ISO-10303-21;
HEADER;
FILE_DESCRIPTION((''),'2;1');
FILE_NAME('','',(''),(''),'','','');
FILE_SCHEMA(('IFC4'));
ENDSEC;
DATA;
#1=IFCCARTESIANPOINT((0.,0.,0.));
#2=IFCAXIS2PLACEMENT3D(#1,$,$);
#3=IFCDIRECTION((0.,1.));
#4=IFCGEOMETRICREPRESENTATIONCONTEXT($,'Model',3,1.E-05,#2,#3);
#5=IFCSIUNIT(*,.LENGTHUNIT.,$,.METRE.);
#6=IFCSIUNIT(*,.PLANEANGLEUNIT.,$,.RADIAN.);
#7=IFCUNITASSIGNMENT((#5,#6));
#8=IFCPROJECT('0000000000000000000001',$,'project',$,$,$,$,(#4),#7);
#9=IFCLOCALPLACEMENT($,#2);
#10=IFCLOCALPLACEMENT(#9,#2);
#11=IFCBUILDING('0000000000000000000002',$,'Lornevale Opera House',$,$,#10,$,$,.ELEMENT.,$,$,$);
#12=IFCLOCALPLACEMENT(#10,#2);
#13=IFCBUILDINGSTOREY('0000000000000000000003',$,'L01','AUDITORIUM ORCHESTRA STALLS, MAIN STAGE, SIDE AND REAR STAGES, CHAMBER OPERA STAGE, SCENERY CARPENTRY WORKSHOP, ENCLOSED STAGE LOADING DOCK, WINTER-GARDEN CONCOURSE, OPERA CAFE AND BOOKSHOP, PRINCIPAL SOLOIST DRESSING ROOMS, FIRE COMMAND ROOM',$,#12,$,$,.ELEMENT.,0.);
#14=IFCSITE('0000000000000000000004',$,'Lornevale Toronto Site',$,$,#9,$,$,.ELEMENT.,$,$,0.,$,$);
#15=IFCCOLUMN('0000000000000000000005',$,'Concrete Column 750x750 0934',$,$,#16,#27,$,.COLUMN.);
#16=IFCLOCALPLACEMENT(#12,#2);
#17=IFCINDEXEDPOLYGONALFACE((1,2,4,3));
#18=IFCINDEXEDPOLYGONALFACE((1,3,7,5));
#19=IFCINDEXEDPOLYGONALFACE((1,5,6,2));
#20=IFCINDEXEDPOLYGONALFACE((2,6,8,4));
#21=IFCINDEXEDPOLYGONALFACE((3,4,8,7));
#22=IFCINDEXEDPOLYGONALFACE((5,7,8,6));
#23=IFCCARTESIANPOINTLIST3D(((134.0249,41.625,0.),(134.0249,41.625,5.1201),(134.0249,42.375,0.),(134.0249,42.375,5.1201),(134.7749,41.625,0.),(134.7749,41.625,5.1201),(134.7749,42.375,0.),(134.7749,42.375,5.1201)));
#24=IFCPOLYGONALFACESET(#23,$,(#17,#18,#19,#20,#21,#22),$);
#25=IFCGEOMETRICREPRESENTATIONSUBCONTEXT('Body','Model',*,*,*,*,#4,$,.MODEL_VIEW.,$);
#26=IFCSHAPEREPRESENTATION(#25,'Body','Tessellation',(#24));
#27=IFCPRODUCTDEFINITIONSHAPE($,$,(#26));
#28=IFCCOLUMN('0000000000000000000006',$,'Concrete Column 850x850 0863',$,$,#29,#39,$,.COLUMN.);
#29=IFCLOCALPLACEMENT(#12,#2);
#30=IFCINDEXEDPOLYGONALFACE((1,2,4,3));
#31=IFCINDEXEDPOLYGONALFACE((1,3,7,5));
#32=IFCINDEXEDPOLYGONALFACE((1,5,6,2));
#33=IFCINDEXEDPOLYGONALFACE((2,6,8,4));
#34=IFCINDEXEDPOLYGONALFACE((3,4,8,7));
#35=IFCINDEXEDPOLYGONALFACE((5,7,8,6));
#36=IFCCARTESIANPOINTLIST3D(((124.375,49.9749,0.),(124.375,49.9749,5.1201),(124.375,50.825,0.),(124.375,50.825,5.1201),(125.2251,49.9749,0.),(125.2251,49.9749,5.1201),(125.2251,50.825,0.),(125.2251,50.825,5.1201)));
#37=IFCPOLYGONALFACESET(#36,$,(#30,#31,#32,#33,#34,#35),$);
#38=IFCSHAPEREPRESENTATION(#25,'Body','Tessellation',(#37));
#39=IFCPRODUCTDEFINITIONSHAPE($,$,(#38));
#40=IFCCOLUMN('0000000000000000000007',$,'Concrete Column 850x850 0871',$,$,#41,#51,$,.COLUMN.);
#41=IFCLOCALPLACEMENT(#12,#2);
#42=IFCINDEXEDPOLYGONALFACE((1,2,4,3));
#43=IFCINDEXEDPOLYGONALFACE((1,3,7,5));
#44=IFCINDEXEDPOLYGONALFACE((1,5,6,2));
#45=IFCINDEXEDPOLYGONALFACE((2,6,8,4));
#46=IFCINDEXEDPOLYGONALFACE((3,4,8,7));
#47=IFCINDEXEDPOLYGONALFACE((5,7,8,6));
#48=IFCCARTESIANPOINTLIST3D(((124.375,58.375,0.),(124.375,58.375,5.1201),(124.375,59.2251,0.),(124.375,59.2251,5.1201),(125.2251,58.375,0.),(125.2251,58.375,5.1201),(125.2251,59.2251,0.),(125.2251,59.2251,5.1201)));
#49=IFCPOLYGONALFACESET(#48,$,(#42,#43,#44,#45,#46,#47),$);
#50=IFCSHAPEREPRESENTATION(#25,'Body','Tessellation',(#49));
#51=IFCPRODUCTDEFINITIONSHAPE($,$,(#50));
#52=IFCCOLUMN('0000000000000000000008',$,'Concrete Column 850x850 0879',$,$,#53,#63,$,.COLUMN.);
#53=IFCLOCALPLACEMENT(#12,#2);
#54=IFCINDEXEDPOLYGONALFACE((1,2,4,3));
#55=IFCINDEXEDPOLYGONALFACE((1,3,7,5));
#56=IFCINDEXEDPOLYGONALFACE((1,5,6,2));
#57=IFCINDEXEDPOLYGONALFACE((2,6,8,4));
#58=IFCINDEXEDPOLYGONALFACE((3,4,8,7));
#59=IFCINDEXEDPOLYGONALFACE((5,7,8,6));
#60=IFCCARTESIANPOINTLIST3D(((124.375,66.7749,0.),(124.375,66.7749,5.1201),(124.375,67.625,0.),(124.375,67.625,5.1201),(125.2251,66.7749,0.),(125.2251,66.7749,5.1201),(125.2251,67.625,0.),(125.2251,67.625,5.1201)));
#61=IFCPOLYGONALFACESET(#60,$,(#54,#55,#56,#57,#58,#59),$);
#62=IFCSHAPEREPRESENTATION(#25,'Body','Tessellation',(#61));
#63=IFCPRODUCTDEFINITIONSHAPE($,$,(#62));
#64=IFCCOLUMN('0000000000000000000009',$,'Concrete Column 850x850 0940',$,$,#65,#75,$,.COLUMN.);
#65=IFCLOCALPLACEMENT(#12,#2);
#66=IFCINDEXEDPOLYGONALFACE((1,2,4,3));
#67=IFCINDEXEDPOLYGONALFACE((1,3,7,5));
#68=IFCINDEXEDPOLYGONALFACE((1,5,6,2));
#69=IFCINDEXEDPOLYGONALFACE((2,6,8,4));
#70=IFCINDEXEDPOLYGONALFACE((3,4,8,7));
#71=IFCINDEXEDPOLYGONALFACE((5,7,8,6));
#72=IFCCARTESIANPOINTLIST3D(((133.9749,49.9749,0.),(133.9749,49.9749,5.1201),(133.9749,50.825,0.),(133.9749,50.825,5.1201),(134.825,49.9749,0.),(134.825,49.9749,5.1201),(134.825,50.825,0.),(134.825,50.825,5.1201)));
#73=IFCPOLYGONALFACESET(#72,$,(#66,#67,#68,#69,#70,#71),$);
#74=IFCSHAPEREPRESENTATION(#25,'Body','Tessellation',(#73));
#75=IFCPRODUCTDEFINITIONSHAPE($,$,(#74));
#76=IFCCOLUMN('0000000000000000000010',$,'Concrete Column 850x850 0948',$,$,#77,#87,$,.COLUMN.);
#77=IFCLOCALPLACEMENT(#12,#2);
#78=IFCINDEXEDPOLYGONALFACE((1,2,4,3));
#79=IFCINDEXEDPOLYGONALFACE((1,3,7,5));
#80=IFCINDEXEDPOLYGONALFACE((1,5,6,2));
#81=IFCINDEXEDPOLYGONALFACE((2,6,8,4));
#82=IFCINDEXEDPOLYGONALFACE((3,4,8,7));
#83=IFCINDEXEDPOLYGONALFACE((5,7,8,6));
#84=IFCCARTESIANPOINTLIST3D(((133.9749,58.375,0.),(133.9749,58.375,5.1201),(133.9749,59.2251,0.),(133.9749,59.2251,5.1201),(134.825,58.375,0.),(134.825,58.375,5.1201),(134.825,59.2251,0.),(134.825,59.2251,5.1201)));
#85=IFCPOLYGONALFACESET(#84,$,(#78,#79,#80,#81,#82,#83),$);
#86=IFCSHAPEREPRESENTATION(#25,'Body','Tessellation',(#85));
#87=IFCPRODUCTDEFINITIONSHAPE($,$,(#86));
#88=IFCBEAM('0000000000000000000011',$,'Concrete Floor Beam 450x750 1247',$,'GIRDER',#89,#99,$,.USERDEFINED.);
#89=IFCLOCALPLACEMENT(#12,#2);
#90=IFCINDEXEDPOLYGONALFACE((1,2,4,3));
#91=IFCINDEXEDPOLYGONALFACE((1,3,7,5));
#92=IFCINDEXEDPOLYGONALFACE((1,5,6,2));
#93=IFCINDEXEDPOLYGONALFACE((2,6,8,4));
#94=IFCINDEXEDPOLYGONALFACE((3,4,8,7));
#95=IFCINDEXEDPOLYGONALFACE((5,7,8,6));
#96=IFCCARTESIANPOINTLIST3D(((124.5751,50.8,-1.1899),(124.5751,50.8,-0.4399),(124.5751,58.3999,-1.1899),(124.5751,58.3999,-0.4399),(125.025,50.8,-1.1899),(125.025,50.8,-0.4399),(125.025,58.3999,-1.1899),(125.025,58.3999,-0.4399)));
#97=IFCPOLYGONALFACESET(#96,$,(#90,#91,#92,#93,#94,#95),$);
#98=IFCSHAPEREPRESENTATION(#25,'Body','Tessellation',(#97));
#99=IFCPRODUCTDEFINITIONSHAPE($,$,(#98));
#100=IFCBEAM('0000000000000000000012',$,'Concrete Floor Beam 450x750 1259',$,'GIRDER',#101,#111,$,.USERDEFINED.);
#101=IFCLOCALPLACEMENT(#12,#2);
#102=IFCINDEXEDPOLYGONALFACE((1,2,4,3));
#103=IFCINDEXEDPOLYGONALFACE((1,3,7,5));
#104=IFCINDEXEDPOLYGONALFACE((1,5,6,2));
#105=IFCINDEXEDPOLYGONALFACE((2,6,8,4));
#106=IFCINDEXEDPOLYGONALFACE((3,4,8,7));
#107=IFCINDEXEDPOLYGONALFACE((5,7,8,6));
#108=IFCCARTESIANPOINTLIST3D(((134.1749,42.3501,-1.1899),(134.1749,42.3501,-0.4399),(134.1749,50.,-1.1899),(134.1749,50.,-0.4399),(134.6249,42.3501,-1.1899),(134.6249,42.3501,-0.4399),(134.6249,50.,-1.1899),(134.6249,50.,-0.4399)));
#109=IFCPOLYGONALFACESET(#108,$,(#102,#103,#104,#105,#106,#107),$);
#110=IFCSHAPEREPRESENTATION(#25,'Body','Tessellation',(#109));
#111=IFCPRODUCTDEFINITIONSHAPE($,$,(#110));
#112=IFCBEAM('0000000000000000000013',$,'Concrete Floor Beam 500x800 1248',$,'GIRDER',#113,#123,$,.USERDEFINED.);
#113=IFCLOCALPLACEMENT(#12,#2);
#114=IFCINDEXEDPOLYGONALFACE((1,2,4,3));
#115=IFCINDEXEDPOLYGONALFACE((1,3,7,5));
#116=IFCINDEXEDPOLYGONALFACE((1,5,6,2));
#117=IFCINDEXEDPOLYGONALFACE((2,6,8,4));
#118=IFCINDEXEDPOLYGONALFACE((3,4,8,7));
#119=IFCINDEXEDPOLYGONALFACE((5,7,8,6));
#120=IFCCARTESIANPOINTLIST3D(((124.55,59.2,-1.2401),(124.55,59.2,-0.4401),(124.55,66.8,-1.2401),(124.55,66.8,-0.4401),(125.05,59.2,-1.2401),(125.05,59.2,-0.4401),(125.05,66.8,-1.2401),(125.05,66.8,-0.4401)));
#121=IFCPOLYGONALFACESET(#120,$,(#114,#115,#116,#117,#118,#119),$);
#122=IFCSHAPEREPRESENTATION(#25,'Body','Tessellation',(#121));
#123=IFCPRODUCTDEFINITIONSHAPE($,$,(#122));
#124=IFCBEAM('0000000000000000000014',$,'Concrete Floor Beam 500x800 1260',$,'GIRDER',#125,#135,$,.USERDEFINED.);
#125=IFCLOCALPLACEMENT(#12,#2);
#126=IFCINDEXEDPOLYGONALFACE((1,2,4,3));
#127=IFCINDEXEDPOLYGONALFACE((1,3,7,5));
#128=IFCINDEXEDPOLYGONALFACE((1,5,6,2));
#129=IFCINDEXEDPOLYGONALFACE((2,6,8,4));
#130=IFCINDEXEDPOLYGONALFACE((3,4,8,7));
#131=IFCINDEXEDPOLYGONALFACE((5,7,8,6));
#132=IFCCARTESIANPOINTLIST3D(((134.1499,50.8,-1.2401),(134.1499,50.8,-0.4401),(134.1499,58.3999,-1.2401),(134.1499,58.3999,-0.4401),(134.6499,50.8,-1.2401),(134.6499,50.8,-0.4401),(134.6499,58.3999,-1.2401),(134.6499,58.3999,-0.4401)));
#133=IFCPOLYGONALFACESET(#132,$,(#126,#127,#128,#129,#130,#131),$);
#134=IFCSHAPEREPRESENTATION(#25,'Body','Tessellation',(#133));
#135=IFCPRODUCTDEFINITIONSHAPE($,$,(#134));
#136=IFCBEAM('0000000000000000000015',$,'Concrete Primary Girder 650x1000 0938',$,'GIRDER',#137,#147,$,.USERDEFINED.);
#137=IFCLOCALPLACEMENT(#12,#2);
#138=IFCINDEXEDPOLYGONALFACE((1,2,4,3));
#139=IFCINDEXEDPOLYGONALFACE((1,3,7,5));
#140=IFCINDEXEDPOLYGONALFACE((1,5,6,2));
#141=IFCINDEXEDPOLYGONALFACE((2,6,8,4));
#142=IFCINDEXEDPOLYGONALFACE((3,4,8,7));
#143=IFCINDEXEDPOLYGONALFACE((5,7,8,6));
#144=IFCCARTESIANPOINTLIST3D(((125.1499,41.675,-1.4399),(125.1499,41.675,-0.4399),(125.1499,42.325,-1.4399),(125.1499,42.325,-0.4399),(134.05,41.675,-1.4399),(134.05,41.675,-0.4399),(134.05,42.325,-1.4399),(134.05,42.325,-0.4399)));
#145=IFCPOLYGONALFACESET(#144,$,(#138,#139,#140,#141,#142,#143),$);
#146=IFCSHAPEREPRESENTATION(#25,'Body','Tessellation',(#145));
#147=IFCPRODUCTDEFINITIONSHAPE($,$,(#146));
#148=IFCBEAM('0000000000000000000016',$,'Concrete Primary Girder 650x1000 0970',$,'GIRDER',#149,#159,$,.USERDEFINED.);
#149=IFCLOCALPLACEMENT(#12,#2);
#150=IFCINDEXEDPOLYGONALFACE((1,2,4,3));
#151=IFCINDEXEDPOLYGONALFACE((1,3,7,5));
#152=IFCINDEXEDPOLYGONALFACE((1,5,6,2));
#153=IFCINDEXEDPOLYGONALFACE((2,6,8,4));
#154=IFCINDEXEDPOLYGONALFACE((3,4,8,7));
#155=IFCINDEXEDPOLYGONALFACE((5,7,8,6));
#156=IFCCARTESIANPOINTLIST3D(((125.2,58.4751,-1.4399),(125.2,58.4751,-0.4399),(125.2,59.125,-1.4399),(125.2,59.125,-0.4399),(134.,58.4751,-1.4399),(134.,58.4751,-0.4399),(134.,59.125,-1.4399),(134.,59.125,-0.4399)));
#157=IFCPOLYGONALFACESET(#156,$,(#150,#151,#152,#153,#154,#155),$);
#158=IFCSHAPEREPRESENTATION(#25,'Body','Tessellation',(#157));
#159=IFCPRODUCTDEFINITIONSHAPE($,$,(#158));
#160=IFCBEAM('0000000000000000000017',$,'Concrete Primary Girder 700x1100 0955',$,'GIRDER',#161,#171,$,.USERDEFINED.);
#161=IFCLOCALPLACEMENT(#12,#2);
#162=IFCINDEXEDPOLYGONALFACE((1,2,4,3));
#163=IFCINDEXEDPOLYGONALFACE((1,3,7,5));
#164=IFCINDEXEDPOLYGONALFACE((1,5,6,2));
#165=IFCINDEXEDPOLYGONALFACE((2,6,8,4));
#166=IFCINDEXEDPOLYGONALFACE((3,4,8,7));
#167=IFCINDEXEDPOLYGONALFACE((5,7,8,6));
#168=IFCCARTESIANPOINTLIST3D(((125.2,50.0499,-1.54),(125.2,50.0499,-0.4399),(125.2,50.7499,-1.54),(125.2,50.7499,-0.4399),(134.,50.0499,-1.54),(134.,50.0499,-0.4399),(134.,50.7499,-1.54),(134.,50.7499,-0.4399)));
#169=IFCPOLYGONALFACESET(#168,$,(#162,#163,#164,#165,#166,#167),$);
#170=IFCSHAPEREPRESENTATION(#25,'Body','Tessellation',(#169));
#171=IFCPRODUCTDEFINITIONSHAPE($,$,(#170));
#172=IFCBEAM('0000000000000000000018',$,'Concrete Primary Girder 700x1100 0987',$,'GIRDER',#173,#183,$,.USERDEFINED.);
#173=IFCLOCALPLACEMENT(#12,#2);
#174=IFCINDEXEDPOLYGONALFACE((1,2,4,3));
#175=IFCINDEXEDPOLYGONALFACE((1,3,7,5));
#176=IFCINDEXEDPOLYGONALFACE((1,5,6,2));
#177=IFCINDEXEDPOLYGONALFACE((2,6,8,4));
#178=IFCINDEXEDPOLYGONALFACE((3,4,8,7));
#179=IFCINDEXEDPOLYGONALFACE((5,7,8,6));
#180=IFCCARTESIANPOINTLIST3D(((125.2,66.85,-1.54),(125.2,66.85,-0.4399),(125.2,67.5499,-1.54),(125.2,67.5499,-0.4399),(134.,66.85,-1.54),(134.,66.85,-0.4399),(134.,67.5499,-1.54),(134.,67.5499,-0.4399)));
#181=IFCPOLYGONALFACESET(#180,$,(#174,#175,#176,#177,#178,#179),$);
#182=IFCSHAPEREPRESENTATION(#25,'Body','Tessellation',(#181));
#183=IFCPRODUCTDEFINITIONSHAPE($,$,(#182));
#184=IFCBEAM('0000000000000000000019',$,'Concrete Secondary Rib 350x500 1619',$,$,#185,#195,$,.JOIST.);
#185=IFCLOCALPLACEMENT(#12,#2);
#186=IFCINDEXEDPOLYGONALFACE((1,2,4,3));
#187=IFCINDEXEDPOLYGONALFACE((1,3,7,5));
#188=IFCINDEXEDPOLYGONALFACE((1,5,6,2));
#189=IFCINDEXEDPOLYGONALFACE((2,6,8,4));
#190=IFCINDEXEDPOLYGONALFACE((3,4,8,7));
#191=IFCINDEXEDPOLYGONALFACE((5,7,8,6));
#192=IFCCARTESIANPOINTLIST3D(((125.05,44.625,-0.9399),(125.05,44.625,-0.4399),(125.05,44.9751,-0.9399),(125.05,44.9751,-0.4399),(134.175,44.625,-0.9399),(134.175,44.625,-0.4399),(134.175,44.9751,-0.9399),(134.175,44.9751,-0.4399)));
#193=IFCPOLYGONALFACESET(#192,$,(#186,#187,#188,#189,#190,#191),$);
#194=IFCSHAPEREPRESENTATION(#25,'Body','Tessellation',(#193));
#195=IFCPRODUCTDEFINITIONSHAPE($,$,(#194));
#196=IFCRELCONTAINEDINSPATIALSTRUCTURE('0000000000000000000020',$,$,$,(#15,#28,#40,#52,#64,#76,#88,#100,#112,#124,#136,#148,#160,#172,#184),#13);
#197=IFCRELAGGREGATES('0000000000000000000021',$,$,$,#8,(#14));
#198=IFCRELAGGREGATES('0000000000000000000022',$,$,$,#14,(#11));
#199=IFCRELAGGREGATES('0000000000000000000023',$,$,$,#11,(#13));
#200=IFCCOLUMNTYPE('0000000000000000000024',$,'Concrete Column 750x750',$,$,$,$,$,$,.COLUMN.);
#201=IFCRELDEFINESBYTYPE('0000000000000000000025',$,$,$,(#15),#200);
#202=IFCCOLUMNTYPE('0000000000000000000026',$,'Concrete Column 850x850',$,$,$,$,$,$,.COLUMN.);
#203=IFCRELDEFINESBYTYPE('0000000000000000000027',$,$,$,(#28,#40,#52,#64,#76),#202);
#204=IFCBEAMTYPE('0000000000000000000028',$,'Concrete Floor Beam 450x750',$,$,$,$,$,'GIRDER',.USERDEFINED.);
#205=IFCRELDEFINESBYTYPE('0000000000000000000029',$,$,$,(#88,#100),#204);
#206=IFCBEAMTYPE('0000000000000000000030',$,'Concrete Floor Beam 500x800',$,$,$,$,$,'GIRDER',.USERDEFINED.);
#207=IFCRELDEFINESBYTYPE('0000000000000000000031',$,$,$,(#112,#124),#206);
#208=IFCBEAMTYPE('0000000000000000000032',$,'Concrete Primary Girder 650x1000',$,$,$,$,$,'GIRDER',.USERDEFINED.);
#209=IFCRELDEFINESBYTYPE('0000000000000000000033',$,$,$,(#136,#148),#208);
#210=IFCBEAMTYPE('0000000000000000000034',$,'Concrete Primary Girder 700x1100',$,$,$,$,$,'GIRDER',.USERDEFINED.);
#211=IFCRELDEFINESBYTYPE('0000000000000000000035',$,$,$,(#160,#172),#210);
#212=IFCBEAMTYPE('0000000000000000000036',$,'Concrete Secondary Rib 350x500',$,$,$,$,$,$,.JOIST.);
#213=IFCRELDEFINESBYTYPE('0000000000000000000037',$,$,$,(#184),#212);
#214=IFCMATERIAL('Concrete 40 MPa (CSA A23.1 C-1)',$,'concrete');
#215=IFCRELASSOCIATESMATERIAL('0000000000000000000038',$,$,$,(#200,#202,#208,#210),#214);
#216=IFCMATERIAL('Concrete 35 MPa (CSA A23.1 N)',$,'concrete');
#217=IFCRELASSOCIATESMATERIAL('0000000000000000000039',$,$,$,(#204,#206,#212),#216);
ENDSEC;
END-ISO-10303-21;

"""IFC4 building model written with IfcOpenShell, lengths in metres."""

from ifc_helpers import new_model, si_unit, direction, frame, origin, origin_2d, place, context, subcontext, project, spatial, rectangle, extrude, material, material_profile, profile_set, type_object, element, save


model = new_model("IFC4")

# Units and contexts
model_context = context("Model", 3, precision=1e-05, world=origin(), true_north=direction((0.0, 1.0)))
body_context = subcontext(model_context, "Body", "Model", "MODEL_VIEW")
ifc_project = project(units=[si_unit("LENGTHUNIT", "METRE"), si_unit("PLANEANGLEUNIT", "RADIAN")], contexts=[model_context])

# Site, building, storey
site_placement = place(None, origin())
site = spatial("IfcSite", under=ifc_project, at=site_placement, Name="Lornevale Toronto Site", CompositionType="ELEMENT", RefElevation=0.0)
building_placement = place(site_placement, origin())
building = spatial("IfcBuilding", under=site, at=building_placement, Name="Lornevale Opera House", CompositionType="ELEMENT")
storey_placement = place(building_placement, origin())
storey = spatial("IfcBuildingStorey", under=building, at=storey_placement, Name="L01", Description="AUDITORIUM ORCHESTRA STALLS, MAIN STAGE, SIDE AND REAR STAGES, CHAMBER OPERA STAGE, SCENERY CARPENTRY WORKSHOP, ENCLOSED STAGE LOADING DOCK, WINTER-GARDEN CONCOURSE, OPERA CAFE AND BOOKSHOP, PRINCIPAL SOLOIST DRESSING ROOMS, FIRE COMMAND ROOM", CompositionType="ELEMENT", Elevation=0.0)

# Columns
ifc_material_1 = material(Name="Concrete 40 MPa (CSA A23.1 C-1)", Category="concrete")
ifc_material_profile_1 = material_profile(ifc_material_1, rectangle(XDim=0.75, YDim=0.75, at=origin_2d()), Name="RC750x750")
ifc_profile_set_1 = profile_set([ifc_material_profile_1], Name="Concrete 40 MPa (CSA A23.1 C-1)")
column_type_1 = type_object("IfcColumnType", Name="Concrete Column 750x750", PredefinedType="COLUMN", material=ifc_profile_set_1)
column_placement = place(storey_placement, frame((134.3999, 42.0, 0.0), z_axis=(0.0, 0.0, 1.0), x_axis=(1.0, 0.0, 0.0)))
element("IfcColumn", 1, at=column_placement, inside=storey, type_object=column_type_1, Name="Concrete Column 750x750 0934", PredefinedType="COLUMN", context=body_context, shape_type="SweptSolid", body=[
    extrude(rectangle(XDim=0.75, YDim=0.75, at=origin_2d()), origin(), (0.0, 0.0, 1.0), 5.1201),
])
ifc_material_profile_2 = material_profile(ifc_material_1, rectangle(XDim=0.8501, YDim=0.8501, at=origin_2d()), Name="RC850x850")
ifc_profile_set_2 = profile_set([ifc_material_profile_2], Name="Concrete 40 MPa (CSA A23.1 C-1)")
column_type_2 = type_object("IfcColumnType", Name="Concrete Column 850x850", PredefinedType="COLUMN", material=ifc_profile_set_2)
for number, where, z_axis, x_axis, name in (
    (2, (124.8, 50.3999, 0.0), (0.0, 0.0, 1.0), (1.0, 0.0, 0.0), "Concrete Column 850x850 0863"),
    (3, (124.8, 58.8, 0.0), (0.0, 0.0, 1.0), (1.0, 0.0, 0.0), "Concrete Column 850x850 0871"),
    (4, (124.8, 67.2, 0.0), (0.0, 0.0, 1.0), (1.0, 0.0, 0.0), "Concrete Column 850x850 0879"),
    (5, (134.3999, 50.3999, 0.0), (0.0, 0.0, 1.0), (1.0, 0.0, 0.0), "Concrete Column 850x850 0940"),
    (6, (134.3999, 58.8, 0.0), (0.0, 0.0, 1.0), (1.0, 0.0, 0.0), "Concrete Column 850x850 0948"),
):
    element("IfcColumn", number, at=place(storey_placement, frame(where, z_axis=z_axis, x_axis=x_axis)), inside=storey, type_object=column_type_2, Name=name, PredefinedType="COLUMN", context=body_context, shape_type="SweptSolid", body=[
        extrude(rectangle(XDim=0.8501, YDim=0.8501, at=origin_2d()), origin(), (0.0, 0.0, 1.0), 5.1201),
    ])

# Beams
ifc_material_2 = material(Name="Concrete 35 MPa (CSA A23.1 N)", Category="concrete")
ifc_material_profile_3 = material_profile(ifc_material_2, rectangle(XDim=0.45, YDim=0.75, at=origin_2d()), Name="RC450x750")
ifc_profile_set_3 = profile_set([ifc_material_profile_3], Name="Concrete 35 MPa (CSA A23.1 N)")
beam_type_1 = type_object("IfcBeamType", Name="Concrete Floor Beam 450x750", ElementType="GIRDER", PredefinedType="USERDEFINED", material=ifc_profile_set_3)
beam_1_placement = place(storey_placement, frame((124.8, 50.8, -0.8149), z_axis=(0.0, 1.0, 0.0), x_axis=(-1.0, 0.0, 0.0)))
element("IfcBeam", 7, at=beam_1_placement, inside=storey, type_object=beam_type_1, Name="Concrete Floor Beam 450x750 1247", ObjectType="GIRDER", PredefinedType="USERDEFINED", context=body_context, shape_type="SweptSolid", body=[
    extrude(rectangle(XDim=0.45, YDim=0.75, at=origin_2d()), origin(), (0.0, 0.0, 1.0), 7.5999),
])
beam_2_placement = place(storey_placement, frame((134.3999, 42.3501, -0.8149), z_axis=(0.0, 1.0, 0.0), x_axis=(-1.0, 0.0, 0.0)))
element("IfcBeam", 8, at=beam_2_placement, inside=storey, type_object=beam_type_1, Name="Concrete Floor Beam 450x750 1259", ObjectType="GIRDER", PredefinedType="USERDEFINED", context=body_context, shape_type="SweptSolid", body=[
    extrude(rectangle(XDim=0.45, YDim=0.75, at=origin_2d()), origin(), (0.0, 0.0, 1.0), 7.6499),
])
ifc_material_profile_4 = material_profile(ifc_material_2, rectangle(XDim=0.5, YDim=0.8, at=origin_2d()), Name="RC500x800")
ifc_profile_set_4 = profile_set([ifc_material_profile_4], Name="Concrete 35 MPa (CSA A23.1 N)")
beam_type_2 = type_object("IfcBeamType", Name="Concrete Floor Beam 500x800", ElementType="GIRDER", PredefinedType="USERDEFINED", material=ifc_profile_set_4)
beam_3_placement = place(storey_placement, frame((124.8, 59.2, -0.8401), z_axis=(0.0, 1.0, 0.0), x_axis=(-1.0, 0.0, 0.0)))
element("IfcBeam", 9, at=beam_3_placement, inside=storey, type_object=beam_type_2, Name="Concrete Floor Beam 500x800 1248", ObjectType="GIRDER", PredefinedType="USERDEFINED", context=body_context, shape_type="SweptSolid", body=[
    extrude(rectangle(XDim=0.5, YDim=0.8, at=origin_2d()), origin(), (0.0, 0.0, 1.0), 7.6001),
])
beam_4_placement = place(storey_placement, frame((134.3999, 50.8, -0.8401), z_axis=(0.0, 1.0, 0.0), x_axis=(-1.0, 0.0, 0.0)))
element("IfcBeam", 10, at=beam_4_placement, inside=storey, type_object=beam_type_2, Name="Concrete Floor Beam 500x800 1260", ObjectType="GIRDER", PredefinedType="USERDEFINED", context=body_context, shape_type="SweptSolid", body=[
    extrude(rectangle(XDim=0.5, YDim=0.8, at=origin_2d()), origin(), (0.0, 0.0, 1.0), 7.5999),
])
ifc_material_profile_5 = material_profile(ifc_material_1, rectangle(XDim=0.6499, YDim=1.0, at=origin_2d()), Name="RC650x1000")
ifc_profile_set_5 = profile_set([ifc_material_profile_5], Name="Concrete 40 MPa (CSA A23.1 C-1)")
beam_type_3 = type_object("IfcBeamType", Name="Concrete Primary Girder 650x1000", ElementType="GIRDER", PredefinedType="USERDEFINED", material=ifc_profile_set_5)
beam_5_placement = place(storey_placement, frame((125.1499, 42.0, -0.9399), z_axis=(1.0, 0.0, 0.0), x_axis=(0.0, 1.0, 0.0)))
element("IfcBeam", 11, at=beam_5_placement, inside=storey, type_object=beam_type_3, Name="Concrete Primary Girder 650x1000 0938", ObjectType="GIRDER", PredefinedType="USERDEFINED", context=body_context, shape_type="SweptSolid", body=[
    extrude(rectangle(XDim=0.6499, YDim=1.0, at=origin_2d()), origin(), (0.0, 0.0, 1.0), 8.9001),
])
beam_6_placement = place(storey_placement, frame((125.2, 58.8, -0.9399), z_axis=(1.0, 0.0, 0.0), x_axis=(0.0, 1.0, 0.0)))
element("IfcBeam", 12, at=beam_6_placement, inside=storey, type_object=beam_type_3, Name="Concrete Primary Girder 650x1000 0970", ObjectType="GIRDER", PredefinedType="USERDEFINED", context=body_context, shape_type="SweptSolid", body=[
    extrude(rectangle(XDim=0.6499, YDim=1.0, at=origin_2d()), origin(), (0.0, 0.0, 1.0), 8.8),
])
ifc_material_profile_6 = material_profile(ifc_material_1, rectangle(XDim=0.7, YDim=1.1001, at=origin_2d()), Name="RC700x1100")
ifc_profile_set_6 = profile_set([ifc_material_profile_6], Name="Concrete 40 MPa (CSA A23.1 C-1)")
beam_type_4 = type_object("IfcBeamType", Name="Concrete Primary Girder 700x1100", ElementType="GIRDER", PredefinedType="USERDEFINED", material=ifc_profile_set_6)
for number, where, z_axis, x_axis, name in (
    (13, (125.2, 50.3999, -0.99), (1.0, 0.0, 0.0), (0.0, 1.0, 0.0), "Concrete Primary Girder 700x1100 0955"),
    (14, (125.2, 67.2, -0.99), (1.0, 0.0, 0.0), (0.0, 1.0, 0.0), "Concrete Primary Girder 700x1100 0987"),
):
    element("IfcBeam", number, at=place(storey_placement, frame(where, z_axis=z_axis, x_axis=x_axis)), inside=storey, type_object=beam_type_4, Name=name, ObjectType="GIRDER", PredefinedType="USERDEFINED", context=body_context, shape_type="SweptSolid", body=[
        extrude(rectangle(XDim=0.7, YDim=1.1001, at=origin_2d()), origin(), (0.0, 0.0, 1.0), 8.8),
    ])
ifc_material_profile_7 = material_profile(ifc_material_2, rectangle(XDim=0.3501, YDim=0.5, at=origin_2d()), Name="RC350x500")
ifc_profile_set_7 = profile_set([ifc_material_profile_7], Name="Concrete 35 MPa (CSA A23.1 N)")
beam_type_5 = type_object("IfcBeamType", Name="Concrete Secondary Rib 350x500", PredefinedType="JOIST", material=ifc_profile_set_7)
for number, where, z_axis, x_axis, name in (
    (15, (125.05, 44.8, -0.6899), (1.0, 0.0, 0.0), (0.0, 1.0, 0.0), "Concrete Secondary Rib 350x500 1619"),
):
    element("IfcBeam", number, at=place(storey_placement, frame(where, z_axis=z_axis, x_axis=x_axis)), inside=storey, type_object=beam_type_5, Name=name, PredefinedType="JOIST", context=body_context, shape_type="SweptSolid", body=[
        extrude(rectangle(XDim=0.3501, YDim=0.5, at=origin_2d()), origin(), (0.0, 0.0, 1.0), 9.125),
    ])

save(model, "model.ifc")
